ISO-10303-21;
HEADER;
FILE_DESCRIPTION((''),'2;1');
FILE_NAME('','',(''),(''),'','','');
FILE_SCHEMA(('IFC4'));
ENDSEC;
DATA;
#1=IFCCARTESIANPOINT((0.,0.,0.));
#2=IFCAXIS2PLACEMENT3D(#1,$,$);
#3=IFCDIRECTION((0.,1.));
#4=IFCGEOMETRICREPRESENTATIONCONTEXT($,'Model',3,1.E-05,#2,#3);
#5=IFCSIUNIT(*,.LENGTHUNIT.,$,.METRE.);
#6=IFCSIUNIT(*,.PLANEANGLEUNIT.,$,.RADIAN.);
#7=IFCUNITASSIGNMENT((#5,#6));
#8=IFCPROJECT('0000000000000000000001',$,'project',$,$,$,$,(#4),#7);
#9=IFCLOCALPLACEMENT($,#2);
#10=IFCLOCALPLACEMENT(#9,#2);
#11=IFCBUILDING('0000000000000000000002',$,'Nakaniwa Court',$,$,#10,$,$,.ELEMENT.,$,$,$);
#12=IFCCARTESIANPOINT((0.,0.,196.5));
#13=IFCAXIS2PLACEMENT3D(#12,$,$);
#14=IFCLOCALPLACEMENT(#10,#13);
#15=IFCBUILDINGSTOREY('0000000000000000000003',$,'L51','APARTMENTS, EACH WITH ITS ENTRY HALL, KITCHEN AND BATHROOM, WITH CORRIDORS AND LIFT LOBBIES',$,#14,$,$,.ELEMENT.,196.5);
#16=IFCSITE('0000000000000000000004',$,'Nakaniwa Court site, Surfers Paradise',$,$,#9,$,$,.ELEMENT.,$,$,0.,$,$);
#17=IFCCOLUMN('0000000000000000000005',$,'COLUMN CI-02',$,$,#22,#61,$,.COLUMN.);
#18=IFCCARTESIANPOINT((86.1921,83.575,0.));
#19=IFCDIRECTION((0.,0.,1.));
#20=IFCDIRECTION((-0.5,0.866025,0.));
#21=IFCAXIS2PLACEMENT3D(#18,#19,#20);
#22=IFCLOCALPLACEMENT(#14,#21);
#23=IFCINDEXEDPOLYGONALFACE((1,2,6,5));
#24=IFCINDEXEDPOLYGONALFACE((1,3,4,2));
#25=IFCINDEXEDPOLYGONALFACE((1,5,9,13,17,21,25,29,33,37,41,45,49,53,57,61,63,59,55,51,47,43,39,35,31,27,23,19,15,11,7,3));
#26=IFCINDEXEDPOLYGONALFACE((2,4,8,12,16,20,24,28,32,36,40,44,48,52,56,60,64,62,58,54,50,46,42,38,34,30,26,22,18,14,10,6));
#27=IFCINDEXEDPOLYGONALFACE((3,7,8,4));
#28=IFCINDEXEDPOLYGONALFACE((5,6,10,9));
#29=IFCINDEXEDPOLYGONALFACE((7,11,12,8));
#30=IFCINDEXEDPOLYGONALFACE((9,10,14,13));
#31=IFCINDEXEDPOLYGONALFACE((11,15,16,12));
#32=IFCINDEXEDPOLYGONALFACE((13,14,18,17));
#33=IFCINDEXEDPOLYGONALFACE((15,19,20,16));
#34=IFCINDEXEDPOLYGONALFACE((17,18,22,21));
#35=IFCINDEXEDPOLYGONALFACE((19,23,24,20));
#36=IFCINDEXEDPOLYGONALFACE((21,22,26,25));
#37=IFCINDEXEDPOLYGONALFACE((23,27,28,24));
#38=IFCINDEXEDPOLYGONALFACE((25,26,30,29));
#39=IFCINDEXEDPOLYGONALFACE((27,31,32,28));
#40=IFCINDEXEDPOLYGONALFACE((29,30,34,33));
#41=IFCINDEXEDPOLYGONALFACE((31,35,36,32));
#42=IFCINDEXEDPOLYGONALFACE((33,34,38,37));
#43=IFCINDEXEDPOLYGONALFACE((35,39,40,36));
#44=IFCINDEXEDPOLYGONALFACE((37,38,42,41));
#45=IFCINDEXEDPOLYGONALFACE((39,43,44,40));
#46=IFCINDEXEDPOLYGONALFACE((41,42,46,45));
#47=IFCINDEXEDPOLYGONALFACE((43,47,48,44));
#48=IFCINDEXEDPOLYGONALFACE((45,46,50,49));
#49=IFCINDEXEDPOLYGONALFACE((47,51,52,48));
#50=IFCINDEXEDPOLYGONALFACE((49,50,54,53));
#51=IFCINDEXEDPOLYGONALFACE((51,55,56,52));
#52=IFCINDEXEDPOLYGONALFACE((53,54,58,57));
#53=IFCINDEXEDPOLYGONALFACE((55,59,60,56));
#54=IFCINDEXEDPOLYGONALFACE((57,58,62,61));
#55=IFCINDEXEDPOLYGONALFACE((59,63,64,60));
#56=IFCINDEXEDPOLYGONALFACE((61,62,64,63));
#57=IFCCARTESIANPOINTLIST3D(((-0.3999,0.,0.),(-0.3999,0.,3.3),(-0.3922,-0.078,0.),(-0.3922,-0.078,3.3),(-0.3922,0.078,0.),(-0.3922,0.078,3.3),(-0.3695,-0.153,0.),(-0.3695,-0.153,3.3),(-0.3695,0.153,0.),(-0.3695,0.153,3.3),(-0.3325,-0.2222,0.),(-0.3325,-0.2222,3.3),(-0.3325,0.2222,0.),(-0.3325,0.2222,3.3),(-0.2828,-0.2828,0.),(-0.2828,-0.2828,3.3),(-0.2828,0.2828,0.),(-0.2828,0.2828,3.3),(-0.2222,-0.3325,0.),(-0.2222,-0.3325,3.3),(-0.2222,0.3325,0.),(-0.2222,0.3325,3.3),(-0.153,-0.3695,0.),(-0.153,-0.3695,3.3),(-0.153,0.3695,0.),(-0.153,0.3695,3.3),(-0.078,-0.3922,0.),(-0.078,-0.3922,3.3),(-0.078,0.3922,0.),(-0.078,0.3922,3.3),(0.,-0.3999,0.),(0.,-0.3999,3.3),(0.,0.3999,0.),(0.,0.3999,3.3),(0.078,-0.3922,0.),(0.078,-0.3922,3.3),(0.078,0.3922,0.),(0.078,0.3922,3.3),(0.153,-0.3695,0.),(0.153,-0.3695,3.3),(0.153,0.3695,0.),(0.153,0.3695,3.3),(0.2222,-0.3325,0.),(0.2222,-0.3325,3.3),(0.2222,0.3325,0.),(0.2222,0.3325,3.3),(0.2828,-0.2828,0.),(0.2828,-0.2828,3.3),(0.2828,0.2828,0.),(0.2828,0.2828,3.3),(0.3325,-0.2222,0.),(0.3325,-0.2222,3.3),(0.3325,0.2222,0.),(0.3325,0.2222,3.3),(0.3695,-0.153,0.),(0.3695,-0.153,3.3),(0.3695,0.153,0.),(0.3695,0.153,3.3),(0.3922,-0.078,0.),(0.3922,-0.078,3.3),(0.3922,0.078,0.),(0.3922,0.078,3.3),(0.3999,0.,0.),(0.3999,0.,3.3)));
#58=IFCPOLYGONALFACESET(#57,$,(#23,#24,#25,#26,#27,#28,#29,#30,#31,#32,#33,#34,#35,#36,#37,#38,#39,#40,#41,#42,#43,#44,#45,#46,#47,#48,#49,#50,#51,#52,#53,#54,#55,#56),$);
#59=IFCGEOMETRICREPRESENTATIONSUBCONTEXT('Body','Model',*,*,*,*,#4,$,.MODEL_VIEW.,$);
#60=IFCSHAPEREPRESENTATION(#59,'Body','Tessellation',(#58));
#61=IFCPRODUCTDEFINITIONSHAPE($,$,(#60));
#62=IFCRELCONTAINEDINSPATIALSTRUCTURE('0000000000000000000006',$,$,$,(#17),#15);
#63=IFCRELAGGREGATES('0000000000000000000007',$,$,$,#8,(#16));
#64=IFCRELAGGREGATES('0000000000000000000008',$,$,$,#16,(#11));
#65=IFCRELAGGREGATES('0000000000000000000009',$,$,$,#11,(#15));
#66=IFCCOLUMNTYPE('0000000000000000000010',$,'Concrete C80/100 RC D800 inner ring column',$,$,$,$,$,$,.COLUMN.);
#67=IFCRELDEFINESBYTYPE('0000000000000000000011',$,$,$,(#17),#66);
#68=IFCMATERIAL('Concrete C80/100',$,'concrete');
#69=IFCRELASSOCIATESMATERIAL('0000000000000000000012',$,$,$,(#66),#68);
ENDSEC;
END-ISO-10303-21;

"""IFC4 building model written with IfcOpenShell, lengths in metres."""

from ifc_helpers import new_model, si_unit, direction, frame, origin, origin_2d, place, context, subcontext, project, spatial, circle, extrude, material, material_profile, profile_set, type_object, element, save


model = new_model("IFC4")

# Units and contexts
model_context = context("Model", 3, precision=1e-05, world=origin(), true_north=direction((0.0, 1.0)))
body_context = subcontext(model_context, "Body", "Model", "MODEL_VIEW")
ifc_project = project(units=[si_unit("LENGTHUNIT", "METRE"), si_unit("PLANEANGLEUNIT", "RADIAN")], contexts=[model_context])

# Site, building, storey
site_placement = place(None, origin())
site = spatial("IfcSite", under=ifc_project, at=site_placement, Name="Nakaniwa Court site, Surfers Paradise", CompositionType="ELEMENT", RefElevation=0.0)
building_placement = place(site_placement, origin())
building = spatial("IfcBuilding", under=site, at=building_placement, Name="Nakaniwa Court", CompositionType="ELEMENT")
storey_placement = place(building_placement, frame((0.0, 0.0, 196.5)))
storey = spatial("IfcBuildingStorey", under=building, at=storey_placement, Name="L51", Description="APARTMENTS, EACH WITH ITS ENTRY HALL, KITCHEN AND BATHROOM, WITH CORRIDORS AND LIFT LOBBIES", CompositionType="ELEMENT", Elevation=196.5)

# Column
ifc_material_1 = material(Name="Concrete C80/100", Category="concrete")
ifc_material_profile_1 = material_profile(ifc_material_1, circle(Radius=0.3999, at=origin_2d()), Name="Concrete C80/100 RC D800 inner ring column")
ifc_profile_set_1 = profile_set([ifc_material_profile_1], Name="Concrete C80/100")
column_type_1 = type_object("IfcColumnType", Name="Concrete C80/100 RC D800 inner ring column", PredefinedType="COLUMN", material=ifc_profile_set_1)
for number, where, z_axis, x_axis, name in (
    (1, (86.1921, 83.575, 0.0), (0.0, 0.0, 1.0), (-0.5, 0.866025, 0.0), "COLUMN CI-02"),
):
    element("IfcColumn", number, at=place(storey_placement, frame(where, z_axis=z_axis, x_axis=x_axis)), inside=storey, type_object=column_type_1, Name=name, PredefinedType="COLUMN", context=body_context, shape_type="SweptSolid", body=[
        extrude(circle(Radius=0.3999, at=origin_2d()), origin(), (0.0, 0.0, 1.0), 3.3),
    ])

save(model, "model.ifc")
